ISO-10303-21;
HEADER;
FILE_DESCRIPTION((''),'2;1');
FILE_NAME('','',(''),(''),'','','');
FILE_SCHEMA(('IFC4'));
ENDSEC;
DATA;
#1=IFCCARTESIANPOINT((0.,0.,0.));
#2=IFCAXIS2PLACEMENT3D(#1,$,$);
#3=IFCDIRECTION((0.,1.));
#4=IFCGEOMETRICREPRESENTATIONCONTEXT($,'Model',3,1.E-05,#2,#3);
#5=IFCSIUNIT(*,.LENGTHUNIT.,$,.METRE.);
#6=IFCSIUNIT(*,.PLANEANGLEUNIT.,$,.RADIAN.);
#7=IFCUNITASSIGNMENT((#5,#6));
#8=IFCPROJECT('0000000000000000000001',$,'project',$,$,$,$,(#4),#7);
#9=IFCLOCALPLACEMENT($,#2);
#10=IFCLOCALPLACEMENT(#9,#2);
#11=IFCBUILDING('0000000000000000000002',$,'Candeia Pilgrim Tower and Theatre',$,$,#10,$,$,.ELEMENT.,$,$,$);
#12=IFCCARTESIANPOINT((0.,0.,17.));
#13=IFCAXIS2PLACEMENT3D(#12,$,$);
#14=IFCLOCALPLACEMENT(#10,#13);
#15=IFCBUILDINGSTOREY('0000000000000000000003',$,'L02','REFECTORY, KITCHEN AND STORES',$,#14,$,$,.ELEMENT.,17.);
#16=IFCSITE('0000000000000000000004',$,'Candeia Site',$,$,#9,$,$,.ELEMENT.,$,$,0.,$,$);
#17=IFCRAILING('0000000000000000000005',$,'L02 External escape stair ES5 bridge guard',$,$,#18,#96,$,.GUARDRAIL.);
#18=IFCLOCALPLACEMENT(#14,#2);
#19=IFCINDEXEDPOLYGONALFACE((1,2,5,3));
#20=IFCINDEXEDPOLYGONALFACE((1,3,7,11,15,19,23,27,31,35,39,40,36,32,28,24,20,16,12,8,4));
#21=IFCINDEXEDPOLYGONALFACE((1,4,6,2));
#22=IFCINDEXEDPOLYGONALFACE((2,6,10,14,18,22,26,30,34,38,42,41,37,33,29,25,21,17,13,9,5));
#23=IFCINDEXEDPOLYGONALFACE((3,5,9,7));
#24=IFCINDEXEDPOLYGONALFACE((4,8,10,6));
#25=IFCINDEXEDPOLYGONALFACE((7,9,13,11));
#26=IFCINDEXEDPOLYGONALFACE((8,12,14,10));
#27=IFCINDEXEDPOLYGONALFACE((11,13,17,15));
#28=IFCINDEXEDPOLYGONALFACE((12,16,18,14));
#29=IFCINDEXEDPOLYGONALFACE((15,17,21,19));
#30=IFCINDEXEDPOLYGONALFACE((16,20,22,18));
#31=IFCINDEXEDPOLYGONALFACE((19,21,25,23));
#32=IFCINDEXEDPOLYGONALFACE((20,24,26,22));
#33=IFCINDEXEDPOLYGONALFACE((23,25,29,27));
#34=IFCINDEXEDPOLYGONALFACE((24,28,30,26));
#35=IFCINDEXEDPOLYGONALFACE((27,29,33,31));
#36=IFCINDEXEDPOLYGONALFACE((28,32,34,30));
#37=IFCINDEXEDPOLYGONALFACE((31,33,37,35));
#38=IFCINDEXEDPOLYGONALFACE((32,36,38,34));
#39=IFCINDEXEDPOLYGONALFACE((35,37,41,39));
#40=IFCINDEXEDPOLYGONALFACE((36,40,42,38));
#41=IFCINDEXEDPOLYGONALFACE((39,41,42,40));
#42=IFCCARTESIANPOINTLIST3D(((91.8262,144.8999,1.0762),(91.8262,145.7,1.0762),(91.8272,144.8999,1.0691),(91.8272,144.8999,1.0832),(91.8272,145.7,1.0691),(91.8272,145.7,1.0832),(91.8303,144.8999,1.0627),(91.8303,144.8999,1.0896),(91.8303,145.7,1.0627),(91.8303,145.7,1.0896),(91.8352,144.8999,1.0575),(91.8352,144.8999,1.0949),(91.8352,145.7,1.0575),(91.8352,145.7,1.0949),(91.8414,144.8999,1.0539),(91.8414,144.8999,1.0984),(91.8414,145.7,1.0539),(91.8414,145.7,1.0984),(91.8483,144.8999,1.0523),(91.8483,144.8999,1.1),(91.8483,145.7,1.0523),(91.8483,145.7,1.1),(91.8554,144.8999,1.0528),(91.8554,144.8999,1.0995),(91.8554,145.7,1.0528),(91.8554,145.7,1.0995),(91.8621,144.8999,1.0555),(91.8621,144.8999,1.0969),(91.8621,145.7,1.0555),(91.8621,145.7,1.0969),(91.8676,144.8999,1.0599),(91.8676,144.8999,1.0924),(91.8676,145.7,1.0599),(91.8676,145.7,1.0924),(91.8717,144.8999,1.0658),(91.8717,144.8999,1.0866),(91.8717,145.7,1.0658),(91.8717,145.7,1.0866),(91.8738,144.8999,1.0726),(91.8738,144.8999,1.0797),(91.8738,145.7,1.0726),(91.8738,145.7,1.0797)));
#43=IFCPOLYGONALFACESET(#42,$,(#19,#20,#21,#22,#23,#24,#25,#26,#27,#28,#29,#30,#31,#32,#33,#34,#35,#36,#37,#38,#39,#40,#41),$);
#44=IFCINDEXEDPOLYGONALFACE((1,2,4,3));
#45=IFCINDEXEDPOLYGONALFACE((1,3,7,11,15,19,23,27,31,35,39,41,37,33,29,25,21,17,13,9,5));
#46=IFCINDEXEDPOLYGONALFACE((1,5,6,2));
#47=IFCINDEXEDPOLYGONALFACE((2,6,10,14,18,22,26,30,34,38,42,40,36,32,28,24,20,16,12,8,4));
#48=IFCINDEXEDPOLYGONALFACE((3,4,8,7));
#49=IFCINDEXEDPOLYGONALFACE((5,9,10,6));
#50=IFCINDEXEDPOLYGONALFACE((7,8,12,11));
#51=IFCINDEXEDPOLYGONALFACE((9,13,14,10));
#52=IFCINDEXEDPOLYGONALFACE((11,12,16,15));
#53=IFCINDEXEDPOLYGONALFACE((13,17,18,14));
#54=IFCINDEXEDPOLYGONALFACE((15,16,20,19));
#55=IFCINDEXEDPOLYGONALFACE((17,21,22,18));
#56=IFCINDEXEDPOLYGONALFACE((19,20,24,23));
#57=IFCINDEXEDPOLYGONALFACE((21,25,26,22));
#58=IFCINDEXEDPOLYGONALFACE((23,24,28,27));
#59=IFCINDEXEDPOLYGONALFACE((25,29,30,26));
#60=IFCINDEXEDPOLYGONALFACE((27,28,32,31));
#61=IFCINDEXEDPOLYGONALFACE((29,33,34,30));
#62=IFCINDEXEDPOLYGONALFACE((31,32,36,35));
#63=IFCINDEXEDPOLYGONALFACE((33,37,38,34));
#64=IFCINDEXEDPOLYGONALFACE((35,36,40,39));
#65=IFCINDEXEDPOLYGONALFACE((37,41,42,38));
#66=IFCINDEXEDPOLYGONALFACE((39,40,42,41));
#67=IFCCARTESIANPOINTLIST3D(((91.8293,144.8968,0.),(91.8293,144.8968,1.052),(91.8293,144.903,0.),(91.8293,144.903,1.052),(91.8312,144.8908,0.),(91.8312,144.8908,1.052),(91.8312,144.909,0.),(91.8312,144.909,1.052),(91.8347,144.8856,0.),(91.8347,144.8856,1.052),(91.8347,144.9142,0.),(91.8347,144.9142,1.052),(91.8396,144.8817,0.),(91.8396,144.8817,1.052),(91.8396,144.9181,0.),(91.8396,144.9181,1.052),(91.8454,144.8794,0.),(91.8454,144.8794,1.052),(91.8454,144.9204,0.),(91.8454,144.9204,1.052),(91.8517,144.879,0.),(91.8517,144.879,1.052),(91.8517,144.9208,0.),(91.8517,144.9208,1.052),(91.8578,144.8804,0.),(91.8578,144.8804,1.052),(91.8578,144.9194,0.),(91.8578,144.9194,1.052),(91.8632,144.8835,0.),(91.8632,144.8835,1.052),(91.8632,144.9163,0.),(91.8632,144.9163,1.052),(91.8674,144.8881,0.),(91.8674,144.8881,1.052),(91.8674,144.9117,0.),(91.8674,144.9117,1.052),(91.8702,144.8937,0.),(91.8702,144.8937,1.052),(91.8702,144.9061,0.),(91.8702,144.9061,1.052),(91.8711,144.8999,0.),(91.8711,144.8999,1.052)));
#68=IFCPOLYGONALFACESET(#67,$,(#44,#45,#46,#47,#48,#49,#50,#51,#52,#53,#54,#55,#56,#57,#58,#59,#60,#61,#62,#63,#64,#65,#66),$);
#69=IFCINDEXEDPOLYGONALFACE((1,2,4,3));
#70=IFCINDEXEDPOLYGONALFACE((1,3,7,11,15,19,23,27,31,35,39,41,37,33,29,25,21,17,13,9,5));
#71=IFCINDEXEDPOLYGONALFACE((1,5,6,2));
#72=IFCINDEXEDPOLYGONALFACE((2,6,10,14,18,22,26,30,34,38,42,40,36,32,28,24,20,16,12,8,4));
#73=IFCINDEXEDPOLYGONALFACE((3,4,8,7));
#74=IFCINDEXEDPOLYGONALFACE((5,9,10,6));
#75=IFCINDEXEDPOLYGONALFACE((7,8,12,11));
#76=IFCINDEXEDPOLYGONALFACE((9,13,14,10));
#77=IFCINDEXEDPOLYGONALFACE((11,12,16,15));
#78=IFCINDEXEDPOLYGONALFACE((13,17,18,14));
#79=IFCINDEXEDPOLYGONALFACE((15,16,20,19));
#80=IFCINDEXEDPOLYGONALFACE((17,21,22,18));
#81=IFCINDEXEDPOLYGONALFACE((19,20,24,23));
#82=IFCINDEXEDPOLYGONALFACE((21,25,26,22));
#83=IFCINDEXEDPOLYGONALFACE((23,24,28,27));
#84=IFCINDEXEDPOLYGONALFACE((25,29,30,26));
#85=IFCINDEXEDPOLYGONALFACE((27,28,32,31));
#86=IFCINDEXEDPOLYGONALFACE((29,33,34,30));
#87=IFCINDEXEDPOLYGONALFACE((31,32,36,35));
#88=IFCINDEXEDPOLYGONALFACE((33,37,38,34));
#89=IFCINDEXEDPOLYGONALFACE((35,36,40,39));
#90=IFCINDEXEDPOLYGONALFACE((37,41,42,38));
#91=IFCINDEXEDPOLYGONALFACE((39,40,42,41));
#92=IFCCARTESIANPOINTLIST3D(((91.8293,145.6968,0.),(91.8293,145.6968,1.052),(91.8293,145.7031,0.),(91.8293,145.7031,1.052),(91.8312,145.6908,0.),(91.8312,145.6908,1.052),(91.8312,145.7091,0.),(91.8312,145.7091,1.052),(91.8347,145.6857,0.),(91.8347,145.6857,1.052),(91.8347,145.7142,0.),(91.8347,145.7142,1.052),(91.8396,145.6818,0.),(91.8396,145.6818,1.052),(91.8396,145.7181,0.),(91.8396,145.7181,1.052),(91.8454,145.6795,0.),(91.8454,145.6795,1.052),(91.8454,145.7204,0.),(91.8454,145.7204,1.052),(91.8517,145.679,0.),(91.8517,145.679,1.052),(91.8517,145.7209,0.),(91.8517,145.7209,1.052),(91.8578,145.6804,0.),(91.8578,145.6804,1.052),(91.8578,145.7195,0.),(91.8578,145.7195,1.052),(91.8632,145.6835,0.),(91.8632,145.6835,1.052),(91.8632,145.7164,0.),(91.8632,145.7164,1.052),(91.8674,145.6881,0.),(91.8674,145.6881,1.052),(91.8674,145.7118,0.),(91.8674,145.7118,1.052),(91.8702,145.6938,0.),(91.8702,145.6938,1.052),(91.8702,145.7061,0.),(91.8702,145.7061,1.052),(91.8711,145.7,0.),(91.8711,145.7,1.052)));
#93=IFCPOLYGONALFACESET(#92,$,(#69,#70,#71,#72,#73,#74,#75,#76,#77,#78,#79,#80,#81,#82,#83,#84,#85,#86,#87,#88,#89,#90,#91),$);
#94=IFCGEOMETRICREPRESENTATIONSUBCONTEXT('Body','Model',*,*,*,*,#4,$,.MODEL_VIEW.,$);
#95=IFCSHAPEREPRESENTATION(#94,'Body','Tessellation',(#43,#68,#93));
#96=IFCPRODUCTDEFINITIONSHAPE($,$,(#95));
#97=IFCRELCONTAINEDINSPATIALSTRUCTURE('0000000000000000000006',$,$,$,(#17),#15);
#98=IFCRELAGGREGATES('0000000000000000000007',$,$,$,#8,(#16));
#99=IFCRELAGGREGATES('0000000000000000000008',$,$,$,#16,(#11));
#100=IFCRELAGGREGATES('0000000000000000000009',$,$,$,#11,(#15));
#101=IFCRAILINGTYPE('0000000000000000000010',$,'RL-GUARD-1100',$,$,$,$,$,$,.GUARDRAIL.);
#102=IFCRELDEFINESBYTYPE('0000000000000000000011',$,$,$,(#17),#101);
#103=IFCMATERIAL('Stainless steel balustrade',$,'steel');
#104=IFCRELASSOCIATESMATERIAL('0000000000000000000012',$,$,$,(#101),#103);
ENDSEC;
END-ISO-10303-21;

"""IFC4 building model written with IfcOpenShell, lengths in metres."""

from ifc_helpers import new_model, si_unit, direction, frame, origin, origin_2d, place, context, subcontext, project, spatial, circle, extrude, material, type_object, element, save


model = new_model("IFC4")

# Units and contexts
model_context = context("Model", 3, precision=1e-05, world=origin(), true_north=direction((0.0, 1.0)))
body_context = subcontext(model_context, "Body", "Model", "MODEL_VIEW")
ifc_project = project(units=[si_unit("LENGTHUNIT", "METRE"), si_unit("PLANEANGLEUNIT", "RADIAN")], contexts=[model_context])

# Site, building, storey
site_placement = place(None, origin())
site = spatial("IfcSite", under=ifc_project, at=site_placement, Name="Candeia Site", CompositionType="ELEMENT", RefElevation=0.0)
building_placement = place(site_placement, origin())
building = spatial("IfcBuilding", under=site, at=building_placement, Name="Candeia Pilgrim Tower and Theatre", CompositionType="ELEMENT")
storey_placement = place(building_placement, frame((0.0, 0.0, 17.0)))
storey = spatial("IfcBuildingStorey", under=building, at=storey_placement, Name="L02", Description="REFECTORY, KITCHEN AND STORES", CompositionType="ELEMENT", Elevation=17.0)

# Railing
ifc_material_1 = material(Name="Stainless steel balustrade", Category="steel")
railing_type_1 = type_object("IfcRailingType", Name="RL-GUARD-1100", PredefinedType="GUARDRAIL", material=ifc_material_1)
railing_1_placement = place(storey_placement, frame((91.8501, 144.8999, 0.0)))
element("IfcRailing", 1, at=railing_1_placement, inside=storey, type_object=railing_type_1, Name="L02 External escape stair ES5 bridge guard", PredefinedType="GUARDRAIL", context=body_context, shape_type="SweptSolid", body=[
    extrude(circle(Radius=0.0239, at=origin_2d()), frame((0.0, 0.0, 1.0762), z_axis=(0.0, 1.0, 0.0), x_axis=(-1.0, 0.0, 0.0)), (0.0, 0.0, 1.0), 0.8),
    extrude(circle(Radius=0.021, at=origin_2d()), origin(), (0.0, 0.0, 1.0), 1.052),
    extrude(circle(Radius=0.021, at=origin_2d()), frame((0.0, 0.8, 0.0)), (0.0, 0.0, 1.0), 1.052),
])

save(model, "model.ifc")
